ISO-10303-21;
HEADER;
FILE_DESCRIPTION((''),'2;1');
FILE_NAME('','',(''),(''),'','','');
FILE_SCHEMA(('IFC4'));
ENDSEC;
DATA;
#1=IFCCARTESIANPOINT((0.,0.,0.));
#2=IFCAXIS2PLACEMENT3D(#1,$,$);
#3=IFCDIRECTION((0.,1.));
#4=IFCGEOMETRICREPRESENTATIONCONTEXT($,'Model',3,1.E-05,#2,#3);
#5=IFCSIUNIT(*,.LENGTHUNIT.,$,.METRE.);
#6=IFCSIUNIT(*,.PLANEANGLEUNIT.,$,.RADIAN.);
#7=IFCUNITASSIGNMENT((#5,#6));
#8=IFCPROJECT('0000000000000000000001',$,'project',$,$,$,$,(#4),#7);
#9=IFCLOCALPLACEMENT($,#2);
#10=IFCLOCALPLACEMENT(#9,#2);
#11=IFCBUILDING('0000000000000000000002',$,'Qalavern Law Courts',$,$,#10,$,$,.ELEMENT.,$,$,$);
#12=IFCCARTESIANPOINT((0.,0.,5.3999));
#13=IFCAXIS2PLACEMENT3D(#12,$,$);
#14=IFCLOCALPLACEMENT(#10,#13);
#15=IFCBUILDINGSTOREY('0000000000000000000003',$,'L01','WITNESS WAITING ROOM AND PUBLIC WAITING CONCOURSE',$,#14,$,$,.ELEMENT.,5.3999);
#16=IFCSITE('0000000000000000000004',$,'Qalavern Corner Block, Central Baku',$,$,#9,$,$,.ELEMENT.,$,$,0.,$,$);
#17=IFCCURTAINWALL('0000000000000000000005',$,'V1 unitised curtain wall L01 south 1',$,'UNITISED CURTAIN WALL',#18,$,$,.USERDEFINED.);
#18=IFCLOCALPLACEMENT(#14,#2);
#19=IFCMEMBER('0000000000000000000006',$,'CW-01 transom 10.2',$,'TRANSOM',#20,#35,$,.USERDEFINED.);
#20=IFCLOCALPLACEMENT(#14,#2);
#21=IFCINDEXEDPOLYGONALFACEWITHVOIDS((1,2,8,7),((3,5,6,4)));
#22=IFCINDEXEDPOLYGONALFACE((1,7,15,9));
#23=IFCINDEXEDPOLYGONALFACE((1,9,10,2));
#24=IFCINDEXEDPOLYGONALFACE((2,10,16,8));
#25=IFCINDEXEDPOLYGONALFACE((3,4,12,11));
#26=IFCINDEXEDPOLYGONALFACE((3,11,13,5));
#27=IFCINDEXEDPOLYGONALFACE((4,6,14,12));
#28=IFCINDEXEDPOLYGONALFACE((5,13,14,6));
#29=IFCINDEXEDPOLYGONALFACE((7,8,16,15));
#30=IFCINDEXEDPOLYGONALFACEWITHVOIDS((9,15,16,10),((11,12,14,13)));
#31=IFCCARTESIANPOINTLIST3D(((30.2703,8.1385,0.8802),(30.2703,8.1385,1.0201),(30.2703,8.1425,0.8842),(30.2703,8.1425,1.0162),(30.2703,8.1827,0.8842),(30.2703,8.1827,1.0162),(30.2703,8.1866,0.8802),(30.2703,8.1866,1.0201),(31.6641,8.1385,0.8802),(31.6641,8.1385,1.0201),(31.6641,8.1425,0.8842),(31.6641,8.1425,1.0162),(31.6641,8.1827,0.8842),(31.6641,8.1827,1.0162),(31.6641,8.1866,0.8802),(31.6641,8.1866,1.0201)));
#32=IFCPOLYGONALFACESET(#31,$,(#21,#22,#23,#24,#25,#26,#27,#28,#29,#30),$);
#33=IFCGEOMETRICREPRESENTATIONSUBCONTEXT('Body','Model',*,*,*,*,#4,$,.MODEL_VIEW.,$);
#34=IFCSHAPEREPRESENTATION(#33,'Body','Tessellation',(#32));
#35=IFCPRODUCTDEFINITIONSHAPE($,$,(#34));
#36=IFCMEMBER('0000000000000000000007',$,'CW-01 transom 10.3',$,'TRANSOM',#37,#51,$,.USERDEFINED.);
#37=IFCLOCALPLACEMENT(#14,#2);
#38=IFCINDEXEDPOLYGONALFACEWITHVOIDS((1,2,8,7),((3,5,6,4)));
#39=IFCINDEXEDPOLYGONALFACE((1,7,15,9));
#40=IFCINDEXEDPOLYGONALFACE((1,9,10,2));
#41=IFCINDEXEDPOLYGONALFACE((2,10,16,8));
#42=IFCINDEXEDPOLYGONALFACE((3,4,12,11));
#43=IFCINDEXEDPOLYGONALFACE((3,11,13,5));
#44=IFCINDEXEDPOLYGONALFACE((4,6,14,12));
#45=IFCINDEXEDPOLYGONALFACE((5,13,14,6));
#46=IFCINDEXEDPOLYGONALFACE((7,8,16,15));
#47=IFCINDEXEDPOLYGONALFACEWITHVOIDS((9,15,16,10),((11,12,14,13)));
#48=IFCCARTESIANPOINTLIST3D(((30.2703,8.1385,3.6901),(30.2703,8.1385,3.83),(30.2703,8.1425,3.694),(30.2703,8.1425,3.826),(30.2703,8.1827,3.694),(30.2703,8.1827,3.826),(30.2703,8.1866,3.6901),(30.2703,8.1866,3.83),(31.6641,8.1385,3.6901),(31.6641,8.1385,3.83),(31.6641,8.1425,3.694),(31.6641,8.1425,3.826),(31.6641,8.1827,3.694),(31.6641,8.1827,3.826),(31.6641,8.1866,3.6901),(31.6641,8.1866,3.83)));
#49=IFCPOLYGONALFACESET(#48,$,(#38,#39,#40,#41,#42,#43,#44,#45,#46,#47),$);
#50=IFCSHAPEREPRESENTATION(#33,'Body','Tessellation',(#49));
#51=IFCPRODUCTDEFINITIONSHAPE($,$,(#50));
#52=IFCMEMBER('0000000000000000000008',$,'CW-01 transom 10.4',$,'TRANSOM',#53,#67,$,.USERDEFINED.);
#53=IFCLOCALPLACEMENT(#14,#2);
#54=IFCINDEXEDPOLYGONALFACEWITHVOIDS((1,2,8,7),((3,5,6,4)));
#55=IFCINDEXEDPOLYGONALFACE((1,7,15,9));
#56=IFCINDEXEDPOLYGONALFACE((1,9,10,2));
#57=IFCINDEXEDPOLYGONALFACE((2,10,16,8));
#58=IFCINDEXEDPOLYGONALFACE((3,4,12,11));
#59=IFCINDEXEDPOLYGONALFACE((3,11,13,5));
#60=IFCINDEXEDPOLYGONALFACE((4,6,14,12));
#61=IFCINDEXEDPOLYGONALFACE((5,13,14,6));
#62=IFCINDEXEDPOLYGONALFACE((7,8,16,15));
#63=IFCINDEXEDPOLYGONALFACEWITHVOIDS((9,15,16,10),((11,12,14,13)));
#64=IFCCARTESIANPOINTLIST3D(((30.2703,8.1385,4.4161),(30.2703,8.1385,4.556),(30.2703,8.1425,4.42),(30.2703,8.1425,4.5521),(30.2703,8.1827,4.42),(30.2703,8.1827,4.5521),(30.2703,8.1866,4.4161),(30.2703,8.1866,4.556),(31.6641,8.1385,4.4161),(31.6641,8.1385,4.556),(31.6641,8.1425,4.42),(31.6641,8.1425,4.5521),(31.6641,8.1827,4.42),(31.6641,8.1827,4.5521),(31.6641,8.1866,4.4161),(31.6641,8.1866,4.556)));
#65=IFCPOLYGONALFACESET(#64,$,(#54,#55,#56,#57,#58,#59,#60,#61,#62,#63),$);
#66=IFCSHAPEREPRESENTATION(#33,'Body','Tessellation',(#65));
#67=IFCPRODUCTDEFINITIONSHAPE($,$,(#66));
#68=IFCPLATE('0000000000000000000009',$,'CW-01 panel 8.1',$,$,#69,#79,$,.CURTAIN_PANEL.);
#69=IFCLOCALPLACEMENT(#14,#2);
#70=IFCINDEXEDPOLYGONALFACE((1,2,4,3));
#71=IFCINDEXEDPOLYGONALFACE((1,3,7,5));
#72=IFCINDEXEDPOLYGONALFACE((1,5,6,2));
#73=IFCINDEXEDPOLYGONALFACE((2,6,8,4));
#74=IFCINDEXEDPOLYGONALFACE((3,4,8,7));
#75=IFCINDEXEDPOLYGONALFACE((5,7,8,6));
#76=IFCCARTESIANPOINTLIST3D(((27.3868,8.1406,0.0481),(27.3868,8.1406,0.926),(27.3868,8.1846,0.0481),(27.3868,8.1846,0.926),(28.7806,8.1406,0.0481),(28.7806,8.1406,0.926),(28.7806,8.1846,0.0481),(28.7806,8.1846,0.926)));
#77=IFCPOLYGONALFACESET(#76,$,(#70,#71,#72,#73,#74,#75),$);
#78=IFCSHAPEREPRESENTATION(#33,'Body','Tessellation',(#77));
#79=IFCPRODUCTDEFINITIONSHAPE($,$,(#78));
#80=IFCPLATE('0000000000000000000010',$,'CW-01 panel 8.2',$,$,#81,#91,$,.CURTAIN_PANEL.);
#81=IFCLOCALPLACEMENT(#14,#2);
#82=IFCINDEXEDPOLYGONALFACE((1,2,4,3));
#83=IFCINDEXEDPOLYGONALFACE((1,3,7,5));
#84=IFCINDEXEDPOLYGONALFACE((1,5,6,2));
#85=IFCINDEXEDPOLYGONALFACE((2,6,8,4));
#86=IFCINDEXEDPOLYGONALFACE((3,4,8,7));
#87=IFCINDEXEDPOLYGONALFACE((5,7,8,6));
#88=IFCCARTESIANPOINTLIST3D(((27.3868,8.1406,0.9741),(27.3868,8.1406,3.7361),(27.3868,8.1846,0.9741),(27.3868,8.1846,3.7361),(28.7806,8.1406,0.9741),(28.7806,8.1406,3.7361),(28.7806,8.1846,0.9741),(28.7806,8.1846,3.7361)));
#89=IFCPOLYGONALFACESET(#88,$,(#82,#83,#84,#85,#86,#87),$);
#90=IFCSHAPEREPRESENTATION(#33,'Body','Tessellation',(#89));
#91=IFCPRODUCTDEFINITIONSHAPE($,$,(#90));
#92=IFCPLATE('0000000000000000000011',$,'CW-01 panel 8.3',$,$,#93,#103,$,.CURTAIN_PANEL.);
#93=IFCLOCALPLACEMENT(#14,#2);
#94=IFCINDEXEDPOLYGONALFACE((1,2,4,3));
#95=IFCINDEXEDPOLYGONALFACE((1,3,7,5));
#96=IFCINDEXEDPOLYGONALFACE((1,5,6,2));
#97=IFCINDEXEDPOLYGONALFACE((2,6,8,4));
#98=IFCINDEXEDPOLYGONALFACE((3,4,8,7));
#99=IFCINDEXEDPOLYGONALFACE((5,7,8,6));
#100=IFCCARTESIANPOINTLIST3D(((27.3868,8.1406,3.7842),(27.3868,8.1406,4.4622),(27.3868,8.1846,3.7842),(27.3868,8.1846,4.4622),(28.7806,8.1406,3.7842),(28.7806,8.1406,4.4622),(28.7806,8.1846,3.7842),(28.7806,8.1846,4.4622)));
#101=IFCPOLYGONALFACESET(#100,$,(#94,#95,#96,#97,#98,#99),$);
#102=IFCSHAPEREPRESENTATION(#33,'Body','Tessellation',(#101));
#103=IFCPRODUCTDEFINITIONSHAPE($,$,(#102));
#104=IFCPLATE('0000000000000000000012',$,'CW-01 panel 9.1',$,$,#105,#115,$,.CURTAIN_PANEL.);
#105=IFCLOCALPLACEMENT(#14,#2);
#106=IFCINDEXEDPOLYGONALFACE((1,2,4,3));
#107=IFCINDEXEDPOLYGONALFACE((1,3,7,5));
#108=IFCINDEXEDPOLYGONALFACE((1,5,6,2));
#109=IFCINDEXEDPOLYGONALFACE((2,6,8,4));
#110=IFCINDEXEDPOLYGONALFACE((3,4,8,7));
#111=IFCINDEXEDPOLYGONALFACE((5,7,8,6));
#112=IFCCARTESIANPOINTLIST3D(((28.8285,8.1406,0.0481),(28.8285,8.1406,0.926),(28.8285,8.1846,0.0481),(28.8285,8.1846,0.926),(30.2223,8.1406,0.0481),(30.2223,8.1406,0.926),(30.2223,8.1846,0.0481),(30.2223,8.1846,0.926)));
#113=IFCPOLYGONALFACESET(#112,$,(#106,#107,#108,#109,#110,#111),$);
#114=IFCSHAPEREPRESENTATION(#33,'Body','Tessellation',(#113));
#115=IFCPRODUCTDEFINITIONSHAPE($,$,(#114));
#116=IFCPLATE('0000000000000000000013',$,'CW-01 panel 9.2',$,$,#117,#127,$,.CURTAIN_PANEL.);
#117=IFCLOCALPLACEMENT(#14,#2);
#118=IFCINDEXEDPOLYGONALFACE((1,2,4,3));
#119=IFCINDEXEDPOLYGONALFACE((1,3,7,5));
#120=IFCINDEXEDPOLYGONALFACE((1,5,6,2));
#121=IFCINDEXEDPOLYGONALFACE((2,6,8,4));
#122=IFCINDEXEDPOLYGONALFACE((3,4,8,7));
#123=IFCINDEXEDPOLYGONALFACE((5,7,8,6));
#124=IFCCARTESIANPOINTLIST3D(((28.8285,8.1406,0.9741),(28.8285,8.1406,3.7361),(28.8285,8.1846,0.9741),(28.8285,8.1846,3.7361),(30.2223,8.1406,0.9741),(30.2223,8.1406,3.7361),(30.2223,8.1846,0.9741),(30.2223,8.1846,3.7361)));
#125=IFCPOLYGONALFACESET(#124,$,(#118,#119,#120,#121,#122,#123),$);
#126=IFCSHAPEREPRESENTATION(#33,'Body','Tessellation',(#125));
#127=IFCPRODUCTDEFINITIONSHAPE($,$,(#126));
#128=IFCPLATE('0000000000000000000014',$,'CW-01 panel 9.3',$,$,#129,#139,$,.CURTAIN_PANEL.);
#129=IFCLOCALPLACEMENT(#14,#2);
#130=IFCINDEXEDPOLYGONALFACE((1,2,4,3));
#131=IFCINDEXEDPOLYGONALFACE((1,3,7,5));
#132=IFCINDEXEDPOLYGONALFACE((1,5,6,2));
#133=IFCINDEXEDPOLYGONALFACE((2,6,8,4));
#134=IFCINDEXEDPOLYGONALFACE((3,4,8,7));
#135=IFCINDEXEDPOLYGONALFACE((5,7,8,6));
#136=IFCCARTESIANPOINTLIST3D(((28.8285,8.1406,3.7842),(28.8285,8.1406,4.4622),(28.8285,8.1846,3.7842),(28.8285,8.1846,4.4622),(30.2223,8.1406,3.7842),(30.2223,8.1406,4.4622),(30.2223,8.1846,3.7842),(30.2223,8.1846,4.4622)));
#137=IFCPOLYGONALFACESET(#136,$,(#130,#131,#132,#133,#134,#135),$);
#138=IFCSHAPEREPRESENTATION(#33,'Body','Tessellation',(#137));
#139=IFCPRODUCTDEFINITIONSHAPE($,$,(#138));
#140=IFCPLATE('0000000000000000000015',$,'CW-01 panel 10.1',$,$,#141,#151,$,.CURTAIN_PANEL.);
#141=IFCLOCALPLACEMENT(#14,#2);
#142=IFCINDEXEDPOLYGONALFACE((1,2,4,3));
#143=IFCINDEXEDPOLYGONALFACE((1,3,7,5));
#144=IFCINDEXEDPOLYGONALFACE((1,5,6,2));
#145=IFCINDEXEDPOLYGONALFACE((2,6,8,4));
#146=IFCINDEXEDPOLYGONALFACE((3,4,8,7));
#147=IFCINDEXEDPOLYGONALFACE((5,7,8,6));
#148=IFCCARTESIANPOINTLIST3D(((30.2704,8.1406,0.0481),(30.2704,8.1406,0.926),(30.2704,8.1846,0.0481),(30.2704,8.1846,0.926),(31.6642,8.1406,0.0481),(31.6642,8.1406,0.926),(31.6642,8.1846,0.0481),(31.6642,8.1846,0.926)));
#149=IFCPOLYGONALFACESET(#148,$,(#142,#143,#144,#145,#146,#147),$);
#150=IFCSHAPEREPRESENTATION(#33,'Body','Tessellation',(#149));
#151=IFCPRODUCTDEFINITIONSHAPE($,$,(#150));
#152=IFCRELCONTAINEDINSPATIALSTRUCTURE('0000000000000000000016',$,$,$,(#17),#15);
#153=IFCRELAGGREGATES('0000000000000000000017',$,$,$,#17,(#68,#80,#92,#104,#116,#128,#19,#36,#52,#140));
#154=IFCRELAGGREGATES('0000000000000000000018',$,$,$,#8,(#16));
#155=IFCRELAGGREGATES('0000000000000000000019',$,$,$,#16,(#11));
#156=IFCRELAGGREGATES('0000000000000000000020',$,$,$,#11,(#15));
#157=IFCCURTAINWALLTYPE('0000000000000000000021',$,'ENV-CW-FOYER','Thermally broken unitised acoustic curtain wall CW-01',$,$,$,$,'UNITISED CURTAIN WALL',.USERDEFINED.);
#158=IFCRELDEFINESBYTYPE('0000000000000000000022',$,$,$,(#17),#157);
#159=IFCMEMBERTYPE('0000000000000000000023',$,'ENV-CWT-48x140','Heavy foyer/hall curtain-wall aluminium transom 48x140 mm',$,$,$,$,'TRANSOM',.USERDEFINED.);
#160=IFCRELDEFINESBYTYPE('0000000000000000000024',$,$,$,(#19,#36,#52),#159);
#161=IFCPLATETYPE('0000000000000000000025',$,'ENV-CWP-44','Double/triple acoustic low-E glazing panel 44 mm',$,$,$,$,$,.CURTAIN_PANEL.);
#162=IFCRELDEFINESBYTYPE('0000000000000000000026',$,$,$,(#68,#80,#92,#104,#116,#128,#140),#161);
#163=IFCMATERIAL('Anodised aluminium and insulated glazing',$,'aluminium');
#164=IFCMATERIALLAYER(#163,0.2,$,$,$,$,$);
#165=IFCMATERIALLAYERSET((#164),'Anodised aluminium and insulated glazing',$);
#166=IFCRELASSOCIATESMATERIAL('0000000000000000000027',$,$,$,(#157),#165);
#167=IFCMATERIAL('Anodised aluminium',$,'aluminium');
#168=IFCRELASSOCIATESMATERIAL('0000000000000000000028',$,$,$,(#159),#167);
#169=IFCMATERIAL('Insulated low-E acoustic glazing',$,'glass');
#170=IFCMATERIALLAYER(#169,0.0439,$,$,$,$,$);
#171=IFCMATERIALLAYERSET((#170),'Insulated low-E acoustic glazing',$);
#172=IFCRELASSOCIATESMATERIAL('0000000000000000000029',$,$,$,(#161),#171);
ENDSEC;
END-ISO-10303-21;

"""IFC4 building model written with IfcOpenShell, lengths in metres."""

from ifc_helpers import new_model, si_unit, direction, frame, origin, origin_2d, place, context, subcontext, project, spatial, rectangle, hollow_rectangle, extrude, material, layer, layer_set, material_profile, profile_set, type_object, element, aggregate, save


model = new_model("IFC4")

# Units and contexts
model_context = context("Model", 3, precision=1e-05, world=origin(), true_north=direction((0.0, 1.0)))
body_context = subcontext(model_context, "Body", "Model", "MODEL_VIEW")
ifc_project = project(units=[si_unit("LENGTHUNIT", "METRE"), si_unit("PLANEANGLEUNIT", "RADIAN")], contexts=[model_context])

# Site, building, storey
site_placement = place(None, origin())
site = spatial("IfcSite", under=ifc_project, at=site_placement, Name="Qalavern Corner Block, Central Baku", CompositionType="ELEMENT", RefElevation=0.0)
building_placement = place(site_placement, origin())
building = spatial("IfcBuilding", under=site, at=building_placement, Name="Qalavern Law Courts", CompositionType="ELEMENT")
storey_placement = place(building_placement, frame((0.0, 0.0, 5.3999)))
storey = spatial("IfcBuildingStorey", under=building, at=storey_placement, Name="L01", Description="WITNESS WAITING ROOM AND PUBLIC WAITING CONCOURSE", CompositionType="ELEMENT", Elevation=5.3999)

# Curtain wall, members, plates
ifc_material_1 = material(Name="Anodised aluminium and insulated glazing", Category="aluminium")
ifc_layer_1 = layer(ifc_material_1, 0.2)
ifc_layer_set_1 = layer_set([ifc_layer_1], Name="Anodised aluminium and insulated glazing")
curtain_wall_type = type_object("IfcCurtainWallType", Name="ENV-CW-FOYER", Description="Thermally broken unitised acoustic curtain wall CW-01", ElementType="UNITISED CURTAIN WALL", PredefinedType="USERDEFINED", material=ifc_layer_set_1)
curtain_wall_placement = place(storey_placement, origin())
curtain_wall = element("IfcCurtainWall", 1, at=curtain_wall_placement, inside=storey, type_object=curtain_wall_type, Name="V1 unitised curtain wall L01 south 1", ObjectType="UNITISED CURTAIN WALL", PredefinedType="USERDEFINED")
ifc_material_2 = material(Name="Anodised aluminium", Category="aluminium")
ifc_material_profile_1 = material_profile(ifc_material_2, hollow_rectangle(XDim=0.0481, YDim=0.1399, WallThickness=0.0039, at=origin_2d()), Name="ALU TRANSOM 48x140")
ifc_profile_set_1 = profile_set([ifc_material_profile_1], Name="Anodised aluminium")
member_type_1 = type_object("IfcMemberType", Name="ENV-CWT-48x140", Description="Heavy foyer/hall curtain-wall aluminium transom 48x140 mm", ElementType="TRANSOM", PredefinedType="USERDEFINED", material=ifc_profile_set_1)
member_1_placement = place(storey_placement, frame((30.2703, 8.1626, 0.9502), z_axis=(1.0, 0.0, 0.0), x_axis=(0.0, 1.0, 0.0)))
member_1 = element("IfcMember", 2, at=member_1_placement, type_object=member_type_1, Name="CW-01 transom 10.2", ObjectType="TRANSOM", PredefinedType="USERDEFINED", context=body_context, shape_type="SweptSolid", body=[
    extrude(hollow_rectangle(XDim=0.0481, YDim=0.1399, WallThickness=0.0039, at=origin_2d()), origin(), (0.0, 0.0, 1.0), 1.3938),
])
member_2_placement = place(storey_placement, frame((30.2703, 8.1626, 3.76), z_axis=(1.0, 0.0, 0.0), x_axis=(0.0, 1.0, 0.0)))
member_2 = element("IfcMember", 3, at=member_2_placement, type_object=member_type_1, Name="CW-01 transom 10.3", ObjectType="TRANSOM", PredefinedType="USERDEFINED", context=body_context, shape_type="SweptSolid", body=[
    extrude(hollow_rectangle(XDim=0.0481, YDim=0.1399, WallThickness=0.0039, at=origin_2d()), origin(), (0.0, 0.0, 1.0), 1.3938),
])
member_3_placement = place(storey_placement, frame((30.2703, 8.1626, 4.4861), z_axis=(1.0, 0.0, 0.0), x_axis=(0.0, 1.0, 0.0)))
member_3 = element("IfcMember", 4, at=member_3_placement, type_object=member_type_1, Name="CW-01 transom 10.4", ObjectType="TRANSOM", PredefinedType="USERDEFINED", context=body_context, shape_type="SweptSolid", body=[
    extrude(hollow_rectangle(XDim=0.0481, YDim=0.1399, WallThickness=0.0039, at=origin_2d()), origin(), (0.0, 0.0, 1.0), 1.3938),
])
ifc_material_3 = material(Name="Insulated low-E acoustic glazing", Category="glass")
ifc_layer_2 = layer(ifc_material_3, 0.0439)
ifc_layer_set_2 = layer_set([ifc_layer_2], Name="Insulated low-E acoustic glazing")
plate_type = type_object("IfcPlateType", Name="ENV-CWP-44", Description="Double/triple acoustic low-E glazing panel 44 mm", PredefinedType="CURTAIN_PANEL", material=ifc_layer_set_2)
plate_1_placement = place(storey_placement, frame((28.0837, 8.1626, 0.0481), z_axis=(0.0, 0.0, 1.0), x_axis=(1.0, 0.0, 0.0)))
plate_1 = element("IfcPlate", 5, at=plate_1_placement, type_object=plate_type, Name="CW-01 panel 8.1", PredefinedType="CURTAIN_PANEL", context=body_context, shape_type="SweptSolid", body=[
    extrude(rectangle(XDim=1.3938, YDim=0.0439, at=origin_2d()), origin(), (0.0, 0.0, 1.0), 0.8779),
])
plate_2_placement = place(storey_placement, frame((28.0837, 8.1626, 0.9741), z_axis=(0.0, 0.0, 1.0), x_axis=(1.0, 0.0, 0.0)))
plate_2 = element("IfcPlate", 6, at=plate_2_placement, type_object=plate_type, Name="CW-01 panel 8.2", PredefinedType="CURTAIN_PANEL", context=body_context, shape_type="SweptSolid", body=[
    extrude(rectangle(XDim=1.3938, YDim=0.0439, at=origin_2d()), origin(), (0.0, 0.0, 1.0), 2.762),
])
plate_3_placement = place(storey_placement, frame((28.0837, 8.1626, 3.7842), z_axis=(0.0, 0.0, 1.0), x_axis=(1.0, 0.0, 0.0)))
plate_3 = element("IfcPlate", 7, at=plate_3_placement, type_object=plate_type, Name="CW-01 panel 8.3", PredefinedType="CURTAIN_PANEL", context=body_context, shape_type="SweptSolid", body=[
    extrude(rectangle(XDim=1.3938, YDim=0.0439, at=origin_2d()), origin(), (0.0, 0.0, 1.0), 0.678),
])
plate_4_placement = place(storey_placement, frame((29.5254, 8.1626, 0.0481), z_axis=(0.0, 0.0, 1.0), x_axis=(1.0, 0.0, 0.0)))
plate_4 = element("IfcPlate", 8, at=plate_4_placement, type_object=plate_type, Name="CW-01 panel 9.1", PredefinedType="CURTAIN_PANEL", context=body_context, shape_type="SweptSolid", body=[
    extrude(rectangle(XDim=1.3938, YDim=0.0439, at=origin_2d()), origin(), (0.0, 0.0, 1.0), 0.8779),
])
plate_5_placement = place(storey_placement, frame((29.5254, 8.1626, 0.9741), z_axis=(0.0, 0.0, 1.0), x_axis=(1.0, 0.0, 0.0)))
plate_5 = element("IfcPlate", 9, at=plate_5_placement, type_object=plate_type, Name="CW-01 panel 9.2", PredefinedType="CURTAIN_PANEL", context=body_context, shape_type="SweptSolid", body=[
    extrude(rectangle(XDim=1.3938, YDim=0.0439, at=origin_2d()), origin(), (0.0, 0.0, 1.0), 2.762),
])
plate_6_placement = place(storey_placement, frame((29.5254, 8.1626, 3.7842), z_axis=(0.0, 0.0, 1.0), x_axis=(1.0, 0.0, 0.0)))
plate_6 = element("IfcPlate", 10, at=plate_6_placement, type_object=plate_type, Name="CW-01 panel 9.3", PredefinedType="CURTAIN_PANEL", context=body_context, shape_type="SweptSolid", body=[
    extrude(rectangle(XDim=1.3938, YDim=0.0439, at=origin_2d()), origin(), (0.0, 0.0, 1.0), 0.678),
])
plate_7_placement = place(storey_placement, frame((30.9673, 8.1626, 0.0481), z_axis=(0.0, 0.0, 1.0), x_axis=(1.0, 0.0, 0.0)))
plate_7 = element("IfcPlate", 11, at=plate_7_placement, type_object=plate_type, Name="CW-01 panel 10.1", PredefinedType="CURTAIN_PANEL", context=body_context, shape_type="SweptSolid", body=[
    extrude(rectangle(XDim=1.3938, YDim=0.0439, at=origin_2d()), origin(), (0.0, 0.0, 1.0), 0.8779),
])
aggregate(curtain_wall, [plate_1, plate_2, plate_3, plate_4, plate_5, plate_6, member_1, member_2, member_3, plate_7])

save(model, "model.ifc")
